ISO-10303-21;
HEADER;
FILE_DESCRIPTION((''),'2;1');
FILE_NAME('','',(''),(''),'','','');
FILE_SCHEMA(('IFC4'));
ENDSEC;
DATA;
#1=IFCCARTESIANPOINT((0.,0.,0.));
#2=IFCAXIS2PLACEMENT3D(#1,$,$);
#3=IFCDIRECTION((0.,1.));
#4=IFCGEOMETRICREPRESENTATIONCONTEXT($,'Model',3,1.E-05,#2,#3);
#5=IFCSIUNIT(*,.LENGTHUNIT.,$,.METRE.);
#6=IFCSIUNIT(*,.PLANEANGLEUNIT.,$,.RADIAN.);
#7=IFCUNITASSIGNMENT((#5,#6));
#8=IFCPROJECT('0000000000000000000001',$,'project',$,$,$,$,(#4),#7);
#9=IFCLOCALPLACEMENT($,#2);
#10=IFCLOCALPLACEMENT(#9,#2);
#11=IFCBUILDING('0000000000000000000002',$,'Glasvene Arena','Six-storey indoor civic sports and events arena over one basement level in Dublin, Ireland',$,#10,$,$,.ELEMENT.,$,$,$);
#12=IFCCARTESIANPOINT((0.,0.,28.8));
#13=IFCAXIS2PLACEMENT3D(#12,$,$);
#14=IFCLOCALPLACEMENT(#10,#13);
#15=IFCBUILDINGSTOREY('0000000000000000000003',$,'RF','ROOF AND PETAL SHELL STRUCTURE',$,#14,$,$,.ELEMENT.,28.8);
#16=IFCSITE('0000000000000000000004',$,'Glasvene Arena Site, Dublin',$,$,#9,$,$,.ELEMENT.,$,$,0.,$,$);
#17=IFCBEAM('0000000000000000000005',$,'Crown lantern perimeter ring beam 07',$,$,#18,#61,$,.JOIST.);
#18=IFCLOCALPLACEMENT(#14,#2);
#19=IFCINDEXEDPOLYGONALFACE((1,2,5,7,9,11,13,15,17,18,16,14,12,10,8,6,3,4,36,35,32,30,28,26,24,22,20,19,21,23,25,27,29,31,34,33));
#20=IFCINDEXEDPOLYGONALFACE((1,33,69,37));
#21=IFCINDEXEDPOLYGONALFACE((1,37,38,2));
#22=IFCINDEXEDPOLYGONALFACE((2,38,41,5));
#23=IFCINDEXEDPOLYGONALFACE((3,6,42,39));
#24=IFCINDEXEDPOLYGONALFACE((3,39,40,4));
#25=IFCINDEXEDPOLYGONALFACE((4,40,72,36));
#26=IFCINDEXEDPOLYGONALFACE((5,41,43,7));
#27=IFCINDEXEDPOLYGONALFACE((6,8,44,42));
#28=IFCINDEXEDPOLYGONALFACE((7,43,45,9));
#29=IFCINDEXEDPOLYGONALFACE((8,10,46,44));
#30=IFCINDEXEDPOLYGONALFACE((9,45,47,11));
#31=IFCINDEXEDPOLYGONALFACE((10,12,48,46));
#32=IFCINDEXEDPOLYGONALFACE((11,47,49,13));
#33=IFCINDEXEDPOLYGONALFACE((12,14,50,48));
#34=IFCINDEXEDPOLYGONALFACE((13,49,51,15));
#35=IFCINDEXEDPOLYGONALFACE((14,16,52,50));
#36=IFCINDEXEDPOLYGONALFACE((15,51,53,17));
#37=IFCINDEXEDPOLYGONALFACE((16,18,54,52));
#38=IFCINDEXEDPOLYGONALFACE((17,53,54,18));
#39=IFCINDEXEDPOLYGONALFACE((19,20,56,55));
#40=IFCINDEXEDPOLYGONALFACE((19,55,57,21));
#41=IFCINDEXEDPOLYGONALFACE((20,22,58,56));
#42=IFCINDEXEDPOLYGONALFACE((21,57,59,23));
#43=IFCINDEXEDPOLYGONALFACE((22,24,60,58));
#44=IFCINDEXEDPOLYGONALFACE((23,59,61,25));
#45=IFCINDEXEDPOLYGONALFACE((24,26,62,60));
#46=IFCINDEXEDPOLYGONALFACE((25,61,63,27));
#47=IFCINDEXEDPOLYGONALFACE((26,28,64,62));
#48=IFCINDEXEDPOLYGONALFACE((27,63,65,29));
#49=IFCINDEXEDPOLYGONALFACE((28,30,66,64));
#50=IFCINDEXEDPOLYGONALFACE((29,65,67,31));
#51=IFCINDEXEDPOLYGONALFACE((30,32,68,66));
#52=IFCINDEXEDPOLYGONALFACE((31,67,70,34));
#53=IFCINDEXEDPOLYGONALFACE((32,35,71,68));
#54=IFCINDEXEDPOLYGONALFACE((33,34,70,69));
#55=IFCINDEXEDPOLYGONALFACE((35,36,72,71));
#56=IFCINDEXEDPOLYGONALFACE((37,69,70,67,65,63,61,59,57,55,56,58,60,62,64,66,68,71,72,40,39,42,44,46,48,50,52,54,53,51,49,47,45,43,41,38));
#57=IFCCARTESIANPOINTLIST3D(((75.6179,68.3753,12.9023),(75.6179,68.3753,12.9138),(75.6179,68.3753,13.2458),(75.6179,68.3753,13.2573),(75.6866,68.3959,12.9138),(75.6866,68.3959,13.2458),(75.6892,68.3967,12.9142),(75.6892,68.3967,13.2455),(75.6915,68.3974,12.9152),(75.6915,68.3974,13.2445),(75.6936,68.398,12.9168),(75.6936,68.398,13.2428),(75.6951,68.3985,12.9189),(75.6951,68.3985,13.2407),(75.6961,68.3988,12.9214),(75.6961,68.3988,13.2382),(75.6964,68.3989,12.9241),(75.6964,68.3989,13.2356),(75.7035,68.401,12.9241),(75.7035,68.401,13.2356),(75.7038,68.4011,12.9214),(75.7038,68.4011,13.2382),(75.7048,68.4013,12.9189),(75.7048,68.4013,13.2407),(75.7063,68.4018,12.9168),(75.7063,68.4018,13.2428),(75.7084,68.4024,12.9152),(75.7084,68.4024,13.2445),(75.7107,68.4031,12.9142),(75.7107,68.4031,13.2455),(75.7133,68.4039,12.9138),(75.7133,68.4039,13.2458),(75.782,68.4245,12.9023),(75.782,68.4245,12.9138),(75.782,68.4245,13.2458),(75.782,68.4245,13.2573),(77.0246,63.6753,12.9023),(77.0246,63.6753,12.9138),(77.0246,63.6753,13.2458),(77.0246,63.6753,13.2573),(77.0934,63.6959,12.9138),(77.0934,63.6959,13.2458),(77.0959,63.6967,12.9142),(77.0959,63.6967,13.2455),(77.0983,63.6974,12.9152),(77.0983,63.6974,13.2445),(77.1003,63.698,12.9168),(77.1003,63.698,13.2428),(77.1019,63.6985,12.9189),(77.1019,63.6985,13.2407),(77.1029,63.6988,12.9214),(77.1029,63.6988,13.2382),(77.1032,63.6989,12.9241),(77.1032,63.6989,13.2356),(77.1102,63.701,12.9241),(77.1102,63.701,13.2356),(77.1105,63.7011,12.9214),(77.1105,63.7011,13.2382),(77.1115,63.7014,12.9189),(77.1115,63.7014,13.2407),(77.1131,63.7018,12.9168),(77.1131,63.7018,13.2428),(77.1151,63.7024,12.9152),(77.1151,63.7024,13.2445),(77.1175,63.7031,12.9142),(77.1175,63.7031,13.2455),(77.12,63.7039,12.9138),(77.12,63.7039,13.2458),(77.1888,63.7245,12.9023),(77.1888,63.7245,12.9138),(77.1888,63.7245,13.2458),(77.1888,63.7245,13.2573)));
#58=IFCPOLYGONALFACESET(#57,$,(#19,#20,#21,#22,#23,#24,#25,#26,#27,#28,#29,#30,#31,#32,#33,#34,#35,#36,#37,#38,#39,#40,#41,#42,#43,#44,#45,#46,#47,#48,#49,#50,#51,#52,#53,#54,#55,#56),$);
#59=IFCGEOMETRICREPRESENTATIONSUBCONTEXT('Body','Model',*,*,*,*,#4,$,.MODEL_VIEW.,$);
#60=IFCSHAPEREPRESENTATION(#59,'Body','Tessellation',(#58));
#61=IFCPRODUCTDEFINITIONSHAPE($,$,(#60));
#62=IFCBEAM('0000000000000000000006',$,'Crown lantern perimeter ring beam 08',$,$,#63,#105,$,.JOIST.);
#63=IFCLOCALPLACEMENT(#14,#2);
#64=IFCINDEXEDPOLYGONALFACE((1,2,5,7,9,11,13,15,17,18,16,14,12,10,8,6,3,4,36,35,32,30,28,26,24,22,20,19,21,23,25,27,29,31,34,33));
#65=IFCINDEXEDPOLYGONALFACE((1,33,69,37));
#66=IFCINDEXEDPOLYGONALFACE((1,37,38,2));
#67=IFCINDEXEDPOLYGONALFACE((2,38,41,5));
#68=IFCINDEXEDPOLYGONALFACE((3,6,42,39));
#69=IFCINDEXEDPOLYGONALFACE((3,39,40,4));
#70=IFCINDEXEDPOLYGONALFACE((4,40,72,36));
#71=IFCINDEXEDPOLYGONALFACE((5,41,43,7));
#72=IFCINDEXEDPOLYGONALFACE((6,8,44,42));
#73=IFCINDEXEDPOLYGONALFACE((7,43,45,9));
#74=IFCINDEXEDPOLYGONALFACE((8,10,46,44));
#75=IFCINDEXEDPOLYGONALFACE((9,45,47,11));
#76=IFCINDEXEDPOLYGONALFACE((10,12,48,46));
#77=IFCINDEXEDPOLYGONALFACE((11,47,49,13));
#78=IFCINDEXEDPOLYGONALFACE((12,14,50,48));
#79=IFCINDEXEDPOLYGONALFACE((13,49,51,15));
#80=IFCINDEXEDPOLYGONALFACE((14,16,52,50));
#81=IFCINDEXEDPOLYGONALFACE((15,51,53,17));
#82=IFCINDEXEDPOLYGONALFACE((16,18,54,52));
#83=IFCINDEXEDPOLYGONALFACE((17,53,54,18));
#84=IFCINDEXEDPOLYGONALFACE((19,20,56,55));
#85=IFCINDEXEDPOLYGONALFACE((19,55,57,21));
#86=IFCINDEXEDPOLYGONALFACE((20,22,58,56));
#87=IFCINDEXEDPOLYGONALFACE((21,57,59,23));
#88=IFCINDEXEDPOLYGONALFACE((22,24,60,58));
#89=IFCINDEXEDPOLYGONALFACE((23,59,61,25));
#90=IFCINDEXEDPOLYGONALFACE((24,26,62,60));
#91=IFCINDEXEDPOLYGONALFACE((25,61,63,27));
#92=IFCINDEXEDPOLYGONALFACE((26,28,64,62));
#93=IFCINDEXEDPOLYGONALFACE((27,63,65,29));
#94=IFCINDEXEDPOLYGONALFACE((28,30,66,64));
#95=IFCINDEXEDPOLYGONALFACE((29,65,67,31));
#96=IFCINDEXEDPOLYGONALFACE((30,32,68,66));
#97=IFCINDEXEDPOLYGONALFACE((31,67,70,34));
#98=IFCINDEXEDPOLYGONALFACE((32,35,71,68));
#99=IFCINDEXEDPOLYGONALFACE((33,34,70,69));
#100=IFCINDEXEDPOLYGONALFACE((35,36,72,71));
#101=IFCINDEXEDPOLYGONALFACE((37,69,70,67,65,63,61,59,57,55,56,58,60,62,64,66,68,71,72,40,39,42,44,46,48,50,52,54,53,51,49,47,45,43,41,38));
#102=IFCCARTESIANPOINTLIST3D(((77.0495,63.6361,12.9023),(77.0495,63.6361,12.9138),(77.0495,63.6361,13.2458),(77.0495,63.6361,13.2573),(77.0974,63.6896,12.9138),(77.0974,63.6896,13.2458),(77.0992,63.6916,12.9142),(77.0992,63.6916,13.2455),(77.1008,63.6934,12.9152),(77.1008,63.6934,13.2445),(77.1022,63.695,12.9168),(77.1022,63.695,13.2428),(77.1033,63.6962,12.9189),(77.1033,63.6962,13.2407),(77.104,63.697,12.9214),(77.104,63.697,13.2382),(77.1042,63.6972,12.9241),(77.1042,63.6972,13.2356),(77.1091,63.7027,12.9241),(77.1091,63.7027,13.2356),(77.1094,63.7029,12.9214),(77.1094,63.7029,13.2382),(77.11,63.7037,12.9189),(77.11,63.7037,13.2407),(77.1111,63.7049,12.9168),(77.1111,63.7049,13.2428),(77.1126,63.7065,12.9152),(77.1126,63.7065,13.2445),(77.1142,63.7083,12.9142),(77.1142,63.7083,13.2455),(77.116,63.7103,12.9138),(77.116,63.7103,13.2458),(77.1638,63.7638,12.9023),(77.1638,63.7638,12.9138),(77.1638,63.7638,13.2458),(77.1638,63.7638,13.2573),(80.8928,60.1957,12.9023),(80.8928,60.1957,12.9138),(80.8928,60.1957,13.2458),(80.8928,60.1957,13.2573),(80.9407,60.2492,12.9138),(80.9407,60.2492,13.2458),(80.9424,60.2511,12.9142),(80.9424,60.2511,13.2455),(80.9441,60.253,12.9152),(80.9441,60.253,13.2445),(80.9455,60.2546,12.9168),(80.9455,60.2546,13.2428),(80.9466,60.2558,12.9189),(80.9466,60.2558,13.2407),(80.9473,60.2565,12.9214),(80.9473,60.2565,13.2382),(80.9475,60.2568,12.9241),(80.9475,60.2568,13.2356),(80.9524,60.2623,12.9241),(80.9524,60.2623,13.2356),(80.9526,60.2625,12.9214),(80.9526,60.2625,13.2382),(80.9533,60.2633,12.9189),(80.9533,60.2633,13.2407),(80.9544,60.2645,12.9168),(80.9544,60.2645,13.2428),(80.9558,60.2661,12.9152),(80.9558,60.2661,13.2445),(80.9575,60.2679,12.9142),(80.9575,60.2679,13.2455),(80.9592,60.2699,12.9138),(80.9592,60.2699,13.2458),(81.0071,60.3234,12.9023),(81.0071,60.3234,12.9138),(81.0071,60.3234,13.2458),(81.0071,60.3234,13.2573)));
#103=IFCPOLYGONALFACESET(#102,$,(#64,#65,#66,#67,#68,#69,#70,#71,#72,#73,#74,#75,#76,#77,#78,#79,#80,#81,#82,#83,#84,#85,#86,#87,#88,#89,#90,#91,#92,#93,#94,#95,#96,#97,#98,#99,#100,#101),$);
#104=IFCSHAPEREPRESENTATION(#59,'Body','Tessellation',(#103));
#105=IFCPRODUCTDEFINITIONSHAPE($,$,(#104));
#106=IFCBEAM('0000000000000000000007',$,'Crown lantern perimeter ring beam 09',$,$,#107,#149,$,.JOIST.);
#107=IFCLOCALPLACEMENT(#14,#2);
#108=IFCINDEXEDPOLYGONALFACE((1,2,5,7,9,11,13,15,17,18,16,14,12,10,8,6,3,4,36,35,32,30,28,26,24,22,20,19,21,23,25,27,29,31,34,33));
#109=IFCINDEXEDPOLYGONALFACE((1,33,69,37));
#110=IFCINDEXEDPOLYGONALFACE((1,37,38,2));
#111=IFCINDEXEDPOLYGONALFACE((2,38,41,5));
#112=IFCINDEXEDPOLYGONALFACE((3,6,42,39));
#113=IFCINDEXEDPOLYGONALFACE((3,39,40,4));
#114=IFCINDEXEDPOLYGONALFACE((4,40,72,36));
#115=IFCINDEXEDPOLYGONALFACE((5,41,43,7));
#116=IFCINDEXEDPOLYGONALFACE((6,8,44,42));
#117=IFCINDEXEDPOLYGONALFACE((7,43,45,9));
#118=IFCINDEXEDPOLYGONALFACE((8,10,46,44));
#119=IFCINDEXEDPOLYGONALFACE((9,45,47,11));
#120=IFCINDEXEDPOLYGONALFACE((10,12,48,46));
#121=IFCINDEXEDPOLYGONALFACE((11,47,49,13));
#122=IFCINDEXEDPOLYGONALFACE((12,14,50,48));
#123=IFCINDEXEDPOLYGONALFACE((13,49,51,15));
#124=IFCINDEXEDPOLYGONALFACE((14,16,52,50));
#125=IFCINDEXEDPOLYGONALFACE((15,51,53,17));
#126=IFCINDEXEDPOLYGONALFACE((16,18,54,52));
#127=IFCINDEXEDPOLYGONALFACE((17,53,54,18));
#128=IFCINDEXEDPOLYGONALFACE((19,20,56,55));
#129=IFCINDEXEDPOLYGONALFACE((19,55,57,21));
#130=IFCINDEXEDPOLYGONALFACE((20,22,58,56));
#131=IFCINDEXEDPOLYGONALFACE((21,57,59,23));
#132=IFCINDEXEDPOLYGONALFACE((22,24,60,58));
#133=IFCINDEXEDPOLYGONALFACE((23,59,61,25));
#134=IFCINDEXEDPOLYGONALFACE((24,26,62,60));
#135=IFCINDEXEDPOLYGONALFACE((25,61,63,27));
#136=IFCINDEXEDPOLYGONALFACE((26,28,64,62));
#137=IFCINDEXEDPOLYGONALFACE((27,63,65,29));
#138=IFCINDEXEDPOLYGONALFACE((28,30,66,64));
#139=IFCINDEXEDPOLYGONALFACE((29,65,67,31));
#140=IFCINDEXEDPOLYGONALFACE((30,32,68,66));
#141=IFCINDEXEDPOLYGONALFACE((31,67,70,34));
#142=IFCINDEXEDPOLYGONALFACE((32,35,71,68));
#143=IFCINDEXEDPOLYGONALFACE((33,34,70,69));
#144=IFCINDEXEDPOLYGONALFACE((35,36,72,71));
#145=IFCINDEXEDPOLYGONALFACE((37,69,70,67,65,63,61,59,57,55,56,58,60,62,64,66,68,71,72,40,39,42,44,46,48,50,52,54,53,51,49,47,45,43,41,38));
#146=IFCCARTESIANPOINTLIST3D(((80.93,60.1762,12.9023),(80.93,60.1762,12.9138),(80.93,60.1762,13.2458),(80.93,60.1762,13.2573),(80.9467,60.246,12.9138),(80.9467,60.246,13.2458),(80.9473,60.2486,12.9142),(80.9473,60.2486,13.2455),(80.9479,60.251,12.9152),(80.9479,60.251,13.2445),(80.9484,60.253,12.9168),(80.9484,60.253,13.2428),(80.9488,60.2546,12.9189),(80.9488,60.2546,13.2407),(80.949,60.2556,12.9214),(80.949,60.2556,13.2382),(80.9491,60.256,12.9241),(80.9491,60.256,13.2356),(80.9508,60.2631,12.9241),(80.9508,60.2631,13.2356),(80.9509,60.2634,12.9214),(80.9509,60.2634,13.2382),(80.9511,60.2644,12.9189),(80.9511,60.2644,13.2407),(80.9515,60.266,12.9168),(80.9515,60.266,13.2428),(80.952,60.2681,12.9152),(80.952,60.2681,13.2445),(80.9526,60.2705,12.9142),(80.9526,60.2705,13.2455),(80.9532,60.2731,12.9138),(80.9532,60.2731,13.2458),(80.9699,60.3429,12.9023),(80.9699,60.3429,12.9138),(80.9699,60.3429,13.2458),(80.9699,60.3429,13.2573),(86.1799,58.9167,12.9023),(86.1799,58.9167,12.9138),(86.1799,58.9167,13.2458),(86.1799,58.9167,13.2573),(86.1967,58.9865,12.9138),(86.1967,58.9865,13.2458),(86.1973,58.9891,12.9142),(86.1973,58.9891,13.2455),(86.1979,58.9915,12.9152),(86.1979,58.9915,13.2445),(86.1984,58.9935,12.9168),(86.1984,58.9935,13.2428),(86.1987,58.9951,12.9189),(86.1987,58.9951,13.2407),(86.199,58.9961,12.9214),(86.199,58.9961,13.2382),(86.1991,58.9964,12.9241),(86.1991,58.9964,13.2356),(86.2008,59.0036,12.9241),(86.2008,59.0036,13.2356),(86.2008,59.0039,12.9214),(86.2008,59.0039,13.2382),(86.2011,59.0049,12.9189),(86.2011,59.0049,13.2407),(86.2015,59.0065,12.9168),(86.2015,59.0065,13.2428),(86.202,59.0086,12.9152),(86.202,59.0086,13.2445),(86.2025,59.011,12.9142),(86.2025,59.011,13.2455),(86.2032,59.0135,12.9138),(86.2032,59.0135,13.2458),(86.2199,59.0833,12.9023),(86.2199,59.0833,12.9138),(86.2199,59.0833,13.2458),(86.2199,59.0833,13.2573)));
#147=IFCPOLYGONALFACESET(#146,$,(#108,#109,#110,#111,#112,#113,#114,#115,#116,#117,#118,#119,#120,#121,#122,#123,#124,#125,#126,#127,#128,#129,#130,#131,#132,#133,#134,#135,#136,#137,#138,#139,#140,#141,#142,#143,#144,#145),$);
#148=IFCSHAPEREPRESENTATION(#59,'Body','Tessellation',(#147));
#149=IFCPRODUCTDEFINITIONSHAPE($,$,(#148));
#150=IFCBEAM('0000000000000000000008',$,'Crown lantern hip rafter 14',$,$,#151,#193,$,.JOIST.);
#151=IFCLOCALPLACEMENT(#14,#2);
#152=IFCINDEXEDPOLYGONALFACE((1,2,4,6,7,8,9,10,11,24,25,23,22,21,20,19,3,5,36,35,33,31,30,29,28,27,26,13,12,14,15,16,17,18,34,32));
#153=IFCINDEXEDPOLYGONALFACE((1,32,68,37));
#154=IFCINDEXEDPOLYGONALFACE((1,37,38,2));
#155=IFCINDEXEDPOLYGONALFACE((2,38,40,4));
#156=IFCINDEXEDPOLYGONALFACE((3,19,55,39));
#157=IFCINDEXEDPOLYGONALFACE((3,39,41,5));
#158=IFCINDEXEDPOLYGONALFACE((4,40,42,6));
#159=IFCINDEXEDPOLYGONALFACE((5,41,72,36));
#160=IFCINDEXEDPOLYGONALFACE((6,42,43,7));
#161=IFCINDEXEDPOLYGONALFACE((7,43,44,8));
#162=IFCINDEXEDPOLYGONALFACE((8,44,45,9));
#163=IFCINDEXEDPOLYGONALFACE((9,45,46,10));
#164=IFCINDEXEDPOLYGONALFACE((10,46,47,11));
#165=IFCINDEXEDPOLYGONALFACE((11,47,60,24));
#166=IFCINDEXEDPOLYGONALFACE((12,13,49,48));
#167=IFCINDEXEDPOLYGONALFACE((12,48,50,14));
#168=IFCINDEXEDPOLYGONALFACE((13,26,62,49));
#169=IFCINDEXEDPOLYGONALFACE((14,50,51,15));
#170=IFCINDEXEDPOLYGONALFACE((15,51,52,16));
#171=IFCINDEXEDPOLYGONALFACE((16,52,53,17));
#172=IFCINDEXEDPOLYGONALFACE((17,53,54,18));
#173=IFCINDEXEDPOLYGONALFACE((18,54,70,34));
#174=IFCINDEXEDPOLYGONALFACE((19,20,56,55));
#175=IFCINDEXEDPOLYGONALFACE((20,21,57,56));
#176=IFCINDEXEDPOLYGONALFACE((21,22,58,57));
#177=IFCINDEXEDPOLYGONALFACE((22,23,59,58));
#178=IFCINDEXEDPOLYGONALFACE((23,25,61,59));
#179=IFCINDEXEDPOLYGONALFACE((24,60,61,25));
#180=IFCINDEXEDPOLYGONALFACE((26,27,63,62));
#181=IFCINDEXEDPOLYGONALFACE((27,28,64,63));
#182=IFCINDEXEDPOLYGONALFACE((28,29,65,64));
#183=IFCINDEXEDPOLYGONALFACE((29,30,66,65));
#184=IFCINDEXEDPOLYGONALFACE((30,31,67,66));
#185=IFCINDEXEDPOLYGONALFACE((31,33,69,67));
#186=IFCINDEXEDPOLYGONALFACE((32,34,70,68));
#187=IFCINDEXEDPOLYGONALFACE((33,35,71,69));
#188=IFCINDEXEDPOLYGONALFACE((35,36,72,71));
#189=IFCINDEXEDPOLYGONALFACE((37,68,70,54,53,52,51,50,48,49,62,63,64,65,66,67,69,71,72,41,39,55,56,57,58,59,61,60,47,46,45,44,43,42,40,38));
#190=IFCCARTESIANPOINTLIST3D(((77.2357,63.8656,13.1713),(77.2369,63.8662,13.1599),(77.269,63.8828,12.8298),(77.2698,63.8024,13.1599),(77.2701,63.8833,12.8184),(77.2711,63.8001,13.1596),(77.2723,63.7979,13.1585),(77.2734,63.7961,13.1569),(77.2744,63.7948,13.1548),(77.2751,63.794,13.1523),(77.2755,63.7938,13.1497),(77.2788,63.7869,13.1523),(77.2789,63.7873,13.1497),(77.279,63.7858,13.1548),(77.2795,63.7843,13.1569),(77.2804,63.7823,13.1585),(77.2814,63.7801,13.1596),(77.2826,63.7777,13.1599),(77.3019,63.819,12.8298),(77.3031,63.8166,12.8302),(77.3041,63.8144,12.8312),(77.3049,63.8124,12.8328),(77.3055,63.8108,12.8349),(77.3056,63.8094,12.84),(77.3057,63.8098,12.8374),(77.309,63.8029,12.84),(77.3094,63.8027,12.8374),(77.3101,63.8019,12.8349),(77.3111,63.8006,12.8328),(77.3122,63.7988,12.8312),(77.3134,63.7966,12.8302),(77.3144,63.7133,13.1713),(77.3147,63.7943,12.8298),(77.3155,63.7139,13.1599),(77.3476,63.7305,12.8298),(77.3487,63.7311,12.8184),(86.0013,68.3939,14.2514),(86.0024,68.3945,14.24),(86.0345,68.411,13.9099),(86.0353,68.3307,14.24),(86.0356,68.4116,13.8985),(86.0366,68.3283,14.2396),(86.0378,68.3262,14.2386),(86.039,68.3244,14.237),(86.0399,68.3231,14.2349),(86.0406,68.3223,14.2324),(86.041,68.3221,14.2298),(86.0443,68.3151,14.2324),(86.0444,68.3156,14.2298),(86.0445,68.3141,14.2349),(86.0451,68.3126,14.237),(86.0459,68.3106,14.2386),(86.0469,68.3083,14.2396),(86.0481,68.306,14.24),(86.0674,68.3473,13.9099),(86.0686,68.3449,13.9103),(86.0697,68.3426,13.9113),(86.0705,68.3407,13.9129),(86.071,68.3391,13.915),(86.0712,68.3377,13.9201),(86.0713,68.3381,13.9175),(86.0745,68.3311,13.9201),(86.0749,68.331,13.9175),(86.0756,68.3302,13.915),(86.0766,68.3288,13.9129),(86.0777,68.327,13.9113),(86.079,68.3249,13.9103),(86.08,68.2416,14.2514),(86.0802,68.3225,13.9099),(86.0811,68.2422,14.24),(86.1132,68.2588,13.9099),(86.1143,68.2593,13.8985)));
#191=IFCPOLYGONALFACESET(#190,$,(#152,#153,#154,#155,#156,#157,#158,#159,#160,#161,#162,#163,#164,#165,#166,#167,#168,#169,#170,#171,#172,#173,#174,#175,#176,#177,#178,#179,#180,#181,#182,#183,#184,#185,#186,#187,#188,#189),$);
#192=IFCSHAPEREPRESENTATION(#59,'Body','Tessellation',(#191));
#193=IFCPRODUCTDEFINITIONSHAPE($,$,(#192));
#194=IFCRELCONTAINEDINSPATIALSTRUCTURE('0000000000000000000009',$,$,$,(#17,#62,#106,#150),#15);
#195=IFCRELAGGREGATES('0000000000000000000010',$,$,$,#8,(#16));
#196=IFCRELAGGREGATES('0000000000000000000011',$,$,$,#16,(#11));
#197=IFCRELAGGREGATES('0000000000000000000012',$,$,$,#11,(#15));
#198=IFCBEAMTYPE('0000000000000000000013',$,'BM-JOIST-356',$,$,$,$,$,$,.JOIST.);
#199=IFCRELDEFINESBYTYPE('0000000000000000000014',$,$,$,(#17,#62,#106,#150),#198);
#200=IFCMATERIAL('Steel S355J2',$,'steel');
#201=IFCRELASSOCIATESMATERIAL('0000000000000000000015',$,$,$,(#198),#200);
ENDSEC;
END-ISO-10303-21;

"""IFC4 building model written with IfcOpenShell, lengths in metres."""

from ifc_helpers import new_model, si_unit, direction, frame, origin, origin_2d, place, context, subcontext, project, spatial, i_section, extrude, material, material_profile, profile_set, type_object, element, save


model = new_model("IFC4")

# Units and contexts
model_context = context("Model", 3, precision=1e-05, world=origin(), true_north=direction((0.0, 1.0)))
body_context = subcontext(model_context, "Body", "Model", "MODEL_VIEW")
ifc_project = project(units=[si_unit("LENGTHUNIT", "METRE"), si_unit("PLANEANGLEUNIT", "RADIAN")], contexts=[model_context])

# Site, building, storey
site_placement = place(None, origin())
site = spatial("IfcSite", under=ifc_project, at=site_placement, Name="Glasvene Arena Site, Dublin", CompositionType="ELEMENT", RefElevation=0.0)
building_placement = place(site_placement, origin())
building = spatial("IfcBuilding", under=site, at=building_placement, Name="Glasvene Arena", Description="Six-storey indoor civic sports and events arena over one basement level in Dublin, Ireland", CompositionType="ELEMENT")
storey_placement = place(building_placement, frame((0.0, 0.0, 28.8)))
storey = spatial("IfcBuildingStorey", under=building, at=storey_placement, Name="RF", Description="ROOF AND PETAL SHELL STRUCTURE", CompositionType="ELEMENT", Elevation=28.8)

# Beams
ifc_material_1 = material(Name="Steel S355J2", Category="steel")
ifc_material_profile_1 = material_profile(ifc_material_1, i_section(OverallWidth=0.1714, OverallDepth=0.355, WebThickness=0.0073, FlangeThickness=0.0115, FilletRadius=0.0103, at=origin_2d()), Name="UKB 356x171x51")
ifc_profile_set_1 = profile_set([ifc_material_profile_1], Name="Steel S355J2")
beam_type = type_object("IfcBeamType", Name="BM-JOIST-356", PredefinedType="JOIST", material=ifc_profile_set_1)
beam_1_placement = place(storey_placement, frame((75.7, 68.3999, 13.0798), z_axis=(0.286741, -0.958008, 0.0), x_axis=(0.958008, 0.286741, 0.0)))
element("IfcBeam", 1, at=beam_1_placement, inside=storey, type_object=beam_type, Name="Crown lantern perimeter ring beam 07", PredefinedType="JOIST", context=body_context, shape_type="SweptSolid", body=[
    extrude(i_section(OverallWidth=0.1714, OverallDepth=0.355, WebThickness=0.0073, FlangeThickness=0.0115, FilletRadius=0.0103, at=origin_2d()), origin(), (0.0, 0.0, 1.0), 4.906),
])
beam_2_placement = place(storey_placement, frame((77.1067, 63.7, 13.0798), z_axis=(0.745075, -0.66698, 0.0), x_axis=(0.66698, 0.745075, 0.0)))
element("IfcBeam", 2, at=beam_2_placement, inside=storey, type_object=beam_type, Name="Crown lantern perimeter ring beam 08", PredefinedType="JOIST", context=body_context, shape_type="SweptSolid", body=[
    extrude(i_section(OverallWidth=0.1714, OverallDepth=0.355, WebThickness=0.0073, FlangeThickness=0.0115, FilletRadius=0.0103, at=origin_2d()), origin(), (0.0, 0.0, 1.0), 5.1582),
])
beam_3_placement = place(storey_placement, frame((80.95, 60.2595, 13.0798), z_axis=(0.972407, -0.233289, 0.0), x_axis=(0.233289, 0.972407, 0.0)))
element("IfcBeam", 3, at=beam_3_placement, inside=storey, type_object=beam_type, Name="Crown lantern perimeter ring beam 09", PredefinedType="JOIST", context=body_context, shape_type="SweptSolid", body=[
    extrude(i_section(OverallWidth=0.1714, OverallDepth=0.355, WebThickness=0.0073, FlangeThickness=0.0115, FilletRadius=0.0103, at=origin_2d()), origin(), (0.0, 0.0, 1.0), 5.3989),
])
beam_4_placement = place(storey_placement, frame((77.2922, 63.7983, 12.9949), z_axis=(0.883174, 0.456247, 0.108822), x_axis=(-0.458973, 0.88845, 0.0)))
element("IfcBeam", 4, at=beam_4_placement, inside=storey, type_object=beam_type, Name="Crown lantern hip rafter 14", PredefinedType="JOIST", context=body_context, shape_type="SweptSolid", body=[
    extrude(i_section(OverallWidth=0.1714, OverallDepth=0.355, WebThickness=0.0073, FlangeThickness=0.0115, FilletRadius=0.0103, at=origin_2d()), origin(), (0.0, 0.0, 1.0), 9.925),
])

save(model, "model.ifc")
